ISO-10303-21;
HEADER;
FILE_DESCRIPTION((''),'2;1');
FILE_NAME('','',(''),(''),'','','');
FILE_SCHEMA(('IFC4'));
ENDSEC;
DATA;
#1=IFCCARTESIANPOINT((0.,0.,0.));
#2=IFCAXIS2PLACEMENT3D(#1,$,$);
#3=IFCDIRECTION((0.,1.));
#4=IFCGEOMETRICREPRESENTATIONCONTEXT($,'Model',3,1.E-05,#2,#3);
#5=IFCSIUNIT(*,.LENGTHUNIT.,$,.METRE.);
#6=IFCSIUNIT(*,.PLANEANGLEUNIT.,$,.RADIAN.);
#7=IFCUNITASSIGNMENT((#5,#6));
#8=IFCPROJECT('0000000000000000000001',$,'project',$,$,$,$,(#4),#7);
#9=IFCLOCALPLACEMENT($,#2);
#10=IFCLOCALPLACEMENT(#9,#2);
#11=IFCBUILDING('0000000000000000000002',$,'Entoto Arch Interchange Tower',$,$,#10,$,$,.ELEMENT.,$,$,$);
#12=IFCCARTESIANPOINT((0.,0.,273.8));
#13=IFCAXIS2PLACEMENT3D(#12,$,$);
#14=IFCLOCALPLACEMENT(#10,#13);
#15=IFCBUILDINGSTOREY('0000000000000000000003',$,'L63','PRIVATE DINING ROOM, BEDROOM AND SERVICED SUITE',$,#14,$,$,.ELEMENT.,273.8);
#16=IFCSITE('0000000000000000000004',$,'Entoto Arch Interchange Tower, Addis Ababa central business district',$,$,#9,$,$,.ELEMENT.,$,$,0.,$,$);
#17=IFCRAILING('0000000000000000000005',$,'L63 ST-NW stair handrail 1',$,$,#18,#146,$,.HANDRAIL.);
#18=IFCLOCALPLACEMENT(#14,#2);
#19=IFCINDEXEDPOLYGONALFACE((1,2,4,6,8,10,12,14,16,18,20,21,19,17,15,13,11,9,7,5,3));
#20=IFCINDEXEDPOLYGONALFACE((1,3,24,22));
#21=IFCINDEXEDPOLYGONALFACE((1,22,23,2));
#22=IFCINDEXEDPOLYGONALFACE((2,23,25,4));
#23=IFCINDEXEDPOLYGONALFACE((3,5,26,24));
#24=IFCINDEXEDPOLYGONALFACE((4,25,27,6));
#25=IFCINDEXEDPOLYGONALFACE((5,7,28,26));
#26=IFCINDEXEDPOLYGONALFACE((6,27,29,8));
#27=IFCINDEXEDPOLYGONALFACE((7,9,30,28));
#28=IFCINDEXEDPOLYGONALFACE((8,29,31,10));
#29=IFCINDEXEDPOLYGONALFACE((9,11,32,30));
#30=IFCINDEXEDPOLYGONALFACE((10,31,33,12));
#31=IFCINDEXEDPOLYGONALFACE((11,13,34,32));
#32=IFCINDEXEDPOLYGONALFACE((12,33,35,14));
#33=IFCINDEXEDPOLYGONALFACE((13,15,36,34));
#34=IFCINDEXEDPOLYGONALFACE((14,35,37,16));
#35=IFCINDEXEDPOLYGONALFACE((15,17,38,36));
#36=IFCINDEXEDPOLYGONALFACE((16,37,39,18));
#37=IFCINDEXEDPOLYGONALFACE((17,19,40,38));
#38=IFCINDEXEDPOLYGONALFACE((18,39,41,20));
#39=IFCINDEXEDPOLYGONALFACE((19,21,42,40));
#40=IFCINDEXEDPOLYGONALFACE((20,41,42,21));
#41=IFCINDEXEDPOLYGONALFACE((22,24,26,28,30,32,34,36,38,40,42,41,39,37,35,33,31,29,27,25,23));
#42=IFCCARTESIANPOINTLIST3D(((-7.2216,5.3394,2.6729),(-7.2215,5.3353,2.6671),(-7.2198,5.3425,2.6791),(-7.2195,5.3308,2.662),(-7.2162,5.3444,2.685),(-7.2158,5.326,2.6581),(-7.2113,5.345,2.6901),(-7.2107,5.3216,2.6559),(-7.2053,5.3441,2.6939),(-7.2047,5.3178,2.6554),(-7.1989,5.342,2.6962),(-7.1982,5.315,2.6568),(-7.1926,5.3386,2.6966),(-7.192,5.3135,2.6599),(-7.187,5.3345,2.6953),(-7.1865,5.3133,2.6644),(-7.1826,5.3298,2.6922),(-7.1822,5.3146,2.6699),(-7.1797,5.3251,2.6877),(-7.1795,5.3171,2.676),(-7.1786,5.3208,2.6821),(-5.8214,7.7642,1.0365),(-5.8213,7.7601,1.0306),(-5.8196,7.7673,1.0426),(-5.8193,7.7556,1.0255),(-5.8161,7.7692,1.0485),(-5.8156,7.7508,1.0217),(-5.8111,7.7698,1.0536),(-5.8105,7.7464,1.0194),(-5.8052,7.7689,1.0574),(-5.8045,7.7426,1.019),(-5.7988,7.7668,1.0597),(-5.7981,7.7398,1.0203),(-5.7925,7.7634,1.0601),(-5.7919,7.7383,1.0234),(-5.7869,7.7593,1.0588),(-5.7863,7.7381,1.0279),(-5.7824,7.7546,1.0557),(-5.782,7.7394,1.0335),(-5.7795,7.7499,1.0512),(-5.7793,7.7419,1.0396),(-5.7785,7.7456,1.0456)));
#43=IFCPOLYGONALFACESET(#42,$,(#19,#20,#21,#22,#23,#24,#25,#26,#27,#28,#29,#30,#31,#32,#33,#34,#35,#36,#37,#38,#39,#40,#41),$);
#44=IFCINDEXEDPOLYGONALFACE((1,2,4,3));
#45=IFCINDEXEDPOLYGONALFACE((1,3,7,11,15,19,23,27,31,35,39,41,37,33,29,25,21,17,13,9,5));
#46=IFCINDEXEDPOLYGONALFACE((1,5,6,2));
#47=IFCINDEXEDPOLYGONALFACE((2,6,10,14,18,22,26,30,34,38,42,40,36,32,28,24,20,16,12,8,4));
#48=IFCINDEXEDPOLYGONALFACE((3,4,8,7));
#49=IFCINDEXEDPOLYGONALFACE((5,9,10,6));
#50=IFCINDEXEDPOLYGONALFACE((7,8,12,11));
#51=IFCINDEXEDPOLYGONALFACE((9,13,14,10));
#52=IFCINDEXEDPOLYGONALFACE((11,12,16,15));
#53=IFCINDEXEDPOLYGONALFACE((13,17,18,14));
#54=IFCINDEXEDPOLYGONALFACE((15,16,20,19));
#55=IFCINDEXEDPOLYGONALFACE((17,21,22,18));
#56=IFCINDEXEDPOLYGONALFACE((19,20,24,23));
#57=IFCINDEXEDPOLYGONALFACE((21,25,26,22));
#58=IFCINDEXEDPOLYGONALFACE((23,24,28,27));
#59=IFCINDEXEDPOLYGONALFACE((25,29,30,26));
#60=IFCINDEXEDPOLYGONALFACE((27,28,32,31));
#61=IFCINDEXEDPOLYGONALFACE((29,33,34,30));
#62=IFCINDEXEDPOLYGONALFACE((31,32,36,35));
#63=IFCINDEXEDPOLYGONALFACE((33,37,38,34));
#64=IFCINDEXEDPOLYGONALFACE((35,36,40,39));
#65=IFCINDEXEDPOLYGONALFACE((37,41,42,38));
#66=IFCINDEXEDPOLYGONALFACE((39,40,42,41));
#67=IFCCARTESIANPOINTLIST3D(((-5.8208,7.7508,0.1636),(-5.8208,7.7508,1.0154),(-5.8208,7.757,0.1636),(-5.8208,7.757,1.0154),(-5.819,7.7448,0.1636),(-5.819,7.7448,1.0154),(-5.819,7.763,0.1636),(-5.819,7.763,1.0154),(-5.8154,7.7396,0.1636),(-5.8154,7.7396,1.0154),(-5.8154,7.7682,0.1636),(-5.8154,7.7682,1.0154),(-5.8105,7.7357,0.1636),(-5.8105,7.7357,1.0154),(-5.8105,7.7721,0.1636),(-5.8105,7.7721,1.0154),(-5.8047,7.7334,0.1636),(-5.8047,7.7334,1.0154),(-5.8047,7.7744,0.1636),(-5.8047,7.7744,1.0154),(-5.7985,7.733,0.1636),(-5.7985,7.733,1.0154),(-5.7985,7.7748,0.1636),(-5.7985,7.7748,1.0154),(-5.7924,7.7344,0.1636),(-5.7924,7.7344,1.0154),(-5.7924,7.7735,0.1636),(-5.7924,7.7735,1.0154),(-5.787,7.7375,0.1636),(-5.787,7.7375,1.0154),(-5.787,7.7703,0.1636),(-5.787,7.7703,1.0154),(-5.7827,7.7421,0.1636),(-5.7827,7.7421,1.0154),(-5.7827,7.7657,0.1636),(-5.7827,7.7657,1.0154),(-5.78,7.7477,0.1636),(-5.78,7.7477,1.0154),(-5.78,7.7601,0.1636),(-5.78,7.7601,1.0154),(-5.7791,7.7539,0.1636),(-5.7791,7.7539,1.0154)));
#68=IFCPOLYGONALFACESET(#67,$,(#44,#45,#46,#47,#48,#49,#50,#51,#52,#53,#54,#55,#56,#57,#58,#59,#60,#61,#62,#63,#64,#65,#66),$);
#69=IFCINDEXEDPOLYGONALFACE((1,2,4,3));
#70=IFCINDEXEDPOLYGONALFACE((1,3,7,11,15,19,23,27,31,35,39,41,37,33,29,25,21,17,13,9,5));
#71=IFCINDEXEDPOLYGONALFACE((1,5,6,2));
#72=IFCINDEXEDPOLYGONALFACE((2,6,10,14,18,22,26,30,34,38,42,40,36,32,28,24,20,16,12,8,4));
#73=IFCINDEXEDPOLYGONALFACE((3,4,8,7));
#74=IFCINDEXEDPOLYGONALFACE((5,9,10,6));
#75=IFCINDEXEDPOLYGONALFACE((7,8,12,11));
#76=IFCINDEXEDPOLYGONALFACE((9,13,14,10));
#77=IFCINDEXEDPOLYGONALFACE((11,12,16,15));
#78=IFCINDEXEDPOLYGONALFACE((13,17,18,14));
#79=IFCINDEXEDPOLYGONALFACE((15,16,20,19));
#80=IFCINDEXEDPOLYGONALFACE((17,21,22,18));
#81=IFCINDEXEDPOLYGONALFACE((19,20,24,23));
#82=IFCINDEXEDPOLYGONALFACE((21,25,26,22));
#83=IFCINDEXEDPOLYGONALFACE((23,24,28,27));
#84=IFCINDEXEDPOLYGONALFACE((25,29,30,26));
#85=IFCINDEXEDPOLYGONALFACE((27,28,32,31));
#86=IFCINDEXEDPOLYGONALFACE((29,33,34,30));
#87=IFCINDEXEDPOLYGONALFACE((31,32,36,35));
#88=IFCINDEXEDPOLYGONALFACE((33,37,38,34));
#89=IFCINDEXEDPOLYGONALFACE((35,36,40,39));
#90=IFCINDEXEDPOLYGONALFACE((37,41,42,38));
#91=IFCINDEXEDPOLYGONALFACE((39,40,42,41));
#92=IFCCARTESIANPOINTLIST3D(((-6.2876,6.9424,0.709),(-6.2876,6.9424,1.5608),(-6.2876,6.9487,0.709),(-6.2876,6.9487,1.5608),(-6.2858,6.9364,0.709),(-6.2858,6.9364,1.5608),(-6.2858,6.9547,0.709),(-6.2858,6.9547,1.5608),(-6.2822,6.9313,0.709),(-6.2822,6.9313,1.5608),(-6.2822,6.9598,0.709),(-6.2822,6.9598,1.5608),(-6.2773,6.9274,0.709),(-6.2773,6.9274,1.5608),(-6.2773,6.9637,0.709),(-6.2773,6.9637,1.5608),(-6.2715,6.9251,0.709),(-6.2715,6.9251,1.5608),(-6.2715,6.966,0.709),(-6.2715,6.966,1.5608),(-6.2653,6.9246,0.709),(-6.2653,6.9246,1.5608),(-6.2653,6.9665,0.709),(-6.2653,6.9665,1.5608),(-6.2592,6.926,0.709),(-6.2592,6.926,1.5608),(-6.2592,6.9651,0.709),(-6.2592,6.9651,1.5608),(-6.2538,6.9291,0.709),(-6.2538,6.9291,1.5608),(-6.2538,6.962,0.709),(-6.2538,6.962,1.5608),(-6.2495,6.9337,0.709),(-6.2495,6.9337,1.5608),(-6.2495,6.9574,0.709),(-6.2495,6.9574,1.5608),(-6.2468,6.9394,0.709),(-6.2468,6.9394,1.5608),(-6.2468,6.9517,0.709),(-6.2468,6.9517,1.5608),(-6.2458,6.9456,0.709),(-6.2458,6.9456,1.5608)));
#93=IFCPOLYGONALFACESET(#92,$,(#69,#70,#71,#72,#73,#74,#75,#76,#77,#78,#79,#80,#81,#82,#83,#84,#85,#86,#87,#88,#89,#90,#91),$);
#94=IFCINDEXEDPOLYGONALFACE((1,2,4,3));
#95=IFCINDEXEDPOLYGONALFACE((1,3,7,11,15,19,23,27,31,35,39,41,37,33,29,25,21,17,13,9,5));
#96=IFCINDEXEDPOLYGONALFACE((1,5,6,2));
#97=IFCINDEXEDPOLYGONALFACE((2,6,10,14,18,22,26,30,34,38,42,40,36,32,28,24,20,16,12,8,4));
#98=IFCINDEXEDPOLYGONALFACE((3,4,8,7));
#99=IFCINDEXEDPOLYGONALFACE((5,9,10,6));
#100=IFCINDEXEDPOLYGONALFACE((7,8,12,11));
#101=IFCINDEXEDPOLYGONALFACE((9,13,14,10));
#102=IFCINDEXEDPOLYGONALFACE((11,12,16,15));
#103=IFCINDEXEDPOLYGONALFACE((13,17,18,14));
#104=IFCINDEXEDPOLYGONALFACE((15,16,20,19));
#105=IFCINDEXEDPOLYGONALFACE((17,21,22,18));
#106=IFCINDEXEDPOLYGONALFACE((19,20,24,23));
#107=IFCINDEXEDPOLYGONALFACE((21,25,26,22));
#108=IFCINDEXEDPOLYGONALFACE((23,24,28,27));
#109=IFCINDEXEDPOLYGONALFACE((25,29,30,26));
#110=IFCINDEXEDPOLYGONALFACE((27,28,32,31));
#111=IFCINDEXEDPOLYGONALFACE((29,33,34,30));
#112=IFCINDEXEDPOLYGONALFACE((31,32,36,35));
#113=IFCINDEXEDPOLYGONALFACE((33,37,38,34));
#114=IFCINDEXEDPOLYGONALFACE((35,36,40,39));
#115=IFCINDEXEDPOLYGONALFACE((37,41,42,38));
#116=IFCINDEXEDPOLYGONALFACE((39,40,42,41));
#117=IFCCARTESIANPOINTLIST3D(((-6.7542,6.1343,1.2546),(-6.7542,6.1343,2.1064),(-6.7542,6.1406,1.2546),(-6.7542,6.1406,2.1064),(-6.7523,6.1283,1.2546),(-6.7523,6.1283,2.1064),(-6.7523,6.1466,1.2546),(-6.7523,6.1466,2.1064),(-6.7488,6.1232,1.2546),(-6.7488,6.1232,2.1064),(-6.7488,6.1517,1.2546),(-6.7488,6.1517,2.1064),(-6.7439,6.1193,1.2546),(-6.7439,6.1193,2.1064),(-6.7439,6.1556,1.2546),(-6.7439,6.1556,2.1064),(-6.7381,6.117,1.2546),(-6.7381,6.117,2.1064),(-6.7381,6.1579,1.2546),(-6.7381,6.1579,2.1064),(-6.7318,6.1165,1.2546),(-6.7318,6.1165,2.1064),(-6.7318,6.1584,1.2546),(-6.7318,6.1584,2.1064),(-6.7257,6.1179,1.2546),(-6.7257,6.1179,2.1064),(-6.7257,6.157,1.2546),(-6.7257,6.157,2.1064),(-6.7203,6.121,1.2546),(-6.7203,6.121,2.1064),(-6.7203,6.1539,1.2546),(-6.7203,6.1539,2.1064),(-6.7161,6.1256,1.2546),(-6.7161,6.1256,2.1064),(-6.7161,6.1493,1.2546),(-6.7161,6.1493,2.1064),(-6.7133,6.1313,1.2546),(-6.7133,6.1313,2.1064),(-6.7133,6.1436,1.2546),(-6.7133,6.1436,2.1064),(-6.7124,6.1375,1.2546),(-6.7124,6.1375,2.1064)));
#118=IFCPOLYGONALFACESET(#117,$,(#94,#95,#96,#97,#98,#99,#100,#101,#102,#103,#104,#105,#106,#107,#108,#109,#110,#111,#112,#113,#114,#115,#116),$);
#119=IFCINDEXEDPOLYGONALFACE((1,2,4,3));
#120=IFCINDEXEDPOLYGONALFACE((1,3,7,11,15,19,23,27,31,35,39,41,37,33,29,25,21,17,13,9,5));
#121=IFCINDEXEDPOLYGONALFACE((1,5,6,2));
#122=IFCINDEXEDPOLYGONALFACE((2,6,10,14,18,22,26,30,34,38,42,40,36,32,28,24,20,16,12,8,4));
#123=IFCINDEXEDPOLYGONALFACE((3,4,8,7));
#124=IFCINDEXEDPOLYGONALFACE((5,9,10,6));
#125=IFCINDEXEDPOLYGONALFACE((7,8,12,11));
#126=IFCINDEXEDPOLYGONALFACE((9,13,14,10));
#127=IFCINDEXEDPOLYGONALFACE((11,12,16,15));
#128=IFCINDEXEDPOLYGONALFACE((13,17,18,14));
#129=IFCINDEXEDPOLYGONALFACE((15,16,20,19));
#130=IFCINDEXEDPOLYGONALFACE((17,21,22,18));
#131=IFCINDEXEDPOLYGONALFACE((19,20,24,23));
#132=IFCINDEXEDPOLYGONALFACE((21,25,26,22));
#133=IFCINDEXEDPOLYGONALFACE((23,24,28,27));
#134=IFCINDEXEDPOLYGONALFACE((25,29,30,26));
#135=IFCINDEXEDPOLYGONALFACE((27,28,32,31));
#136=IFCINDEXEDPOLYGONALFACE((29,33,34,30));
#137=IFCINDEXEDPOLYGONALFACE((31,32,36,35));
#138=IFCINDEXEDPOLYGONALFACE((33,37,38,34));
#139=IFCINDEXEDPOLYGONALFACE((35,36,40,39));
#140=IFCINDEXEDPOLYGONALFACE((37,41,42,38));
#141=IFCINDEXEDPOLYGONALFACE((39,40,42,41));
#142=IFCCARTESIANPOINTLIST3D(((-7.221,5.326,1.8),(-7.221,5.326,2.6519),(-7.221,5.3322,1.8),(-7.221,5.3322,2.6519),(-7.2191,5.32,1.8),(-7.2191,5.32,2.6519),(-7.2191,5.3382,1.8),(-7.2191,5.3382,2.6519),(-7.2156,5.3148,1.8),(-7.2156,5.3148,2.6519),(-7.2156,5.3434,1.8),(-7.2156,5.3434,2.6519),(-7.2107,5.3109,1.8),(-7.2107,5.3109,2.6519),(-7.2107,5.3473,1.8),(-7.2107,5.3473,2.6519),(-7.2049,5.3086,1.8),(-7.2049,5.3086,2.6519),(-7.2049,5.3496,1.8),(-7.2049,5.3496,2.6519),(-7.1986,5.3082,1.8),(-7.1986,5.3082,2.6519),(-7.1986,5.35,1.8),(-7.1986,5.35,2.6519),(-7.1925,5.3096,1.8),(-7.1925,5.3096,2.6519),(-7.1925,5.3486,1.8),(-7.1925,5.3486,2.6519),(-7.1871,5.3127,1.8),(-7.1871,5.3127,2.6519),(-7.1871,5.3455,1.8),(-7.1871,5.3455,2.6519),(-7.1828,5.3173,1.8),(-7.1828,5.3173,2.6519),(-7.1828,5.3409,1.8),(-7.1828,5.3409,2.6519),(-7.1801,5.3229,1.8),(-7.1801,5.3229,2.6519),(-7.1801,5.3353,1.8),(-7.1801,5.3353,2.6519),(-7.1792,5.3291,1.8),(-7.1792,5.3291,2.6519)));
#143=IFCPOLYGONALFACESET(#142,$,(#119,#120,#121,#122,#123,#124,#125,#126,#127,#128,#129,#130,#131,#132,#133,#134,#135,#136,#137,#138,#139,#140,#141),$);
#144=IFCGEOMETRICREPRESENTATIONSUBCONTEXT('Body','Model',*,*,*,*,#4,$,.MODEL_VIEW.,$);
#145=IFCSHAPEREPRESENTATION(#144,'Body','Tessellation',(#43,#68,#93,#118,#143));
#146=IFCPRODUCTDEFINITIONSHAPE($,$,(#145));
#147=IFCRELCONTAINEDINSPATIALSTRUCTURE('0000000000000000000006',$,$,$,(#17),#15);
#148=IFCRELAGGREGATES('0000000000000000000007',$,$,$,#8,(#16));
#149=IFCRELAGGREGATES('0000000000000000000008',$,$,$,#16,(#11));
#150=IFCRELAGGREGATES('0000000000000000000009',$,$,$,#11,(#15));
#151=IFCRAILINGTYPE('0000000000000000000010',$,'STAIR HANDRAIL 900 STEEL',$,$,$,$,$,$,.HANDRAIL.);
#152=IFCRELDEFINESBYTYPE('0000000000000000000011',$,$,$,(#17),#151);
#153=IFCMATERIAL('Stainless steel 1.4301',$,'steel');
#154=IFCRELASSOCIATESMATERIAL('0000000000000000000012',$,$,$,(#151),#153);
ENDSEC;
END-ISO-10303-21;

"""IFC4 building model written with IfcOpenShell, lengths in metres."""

from ifc_helpers import new_model, si_unit, direction, frame, origin, origin_2d, place, context, subcontext, project, spatial, circle, extrude, material, type_object, element, save


model = new_model("IFC4")

# Units and contexts
model_context = context("Model", 3, precision=1e-05, world=origin(), true_north=direction((0.0, 1.0)))
body_context = subcontext(model_context, "Body", "Model", "MODEL_VIEW")
ifc_project = project(units=[si_unit("LENGTHUNIT", "METRE"), si_unit("PLANEANGLEUNIT", "RADIAN")], contexts=[model_context])

# Site, building, storey
site_placement = place(None, origin())
site = spatial("IfcSite", under=ifc_project, at=site_placement, Name="Entoto Arch Interchange Tower, Addis Ababa central business district", CompositionType="ELEMENT", RefElevation=0.0)
building_placement = place(site_placement, origin())
building = spatial("IfcBuilding", under=site, at=building_placement, Name="Entoto Arch Interchange Tower", CompositionType="ELEMENT")
storey_placement = place(building_placement, frame((0.0, 0.0, 273.8)))
storey = spatial("IfcBuildingStorey", under=building, at=storey_placement, Name="L63", Description="PRIVATE DINING ROOM, BEDROOM AND SERVICED SUITE", CompositionType="ELEMENT", Elevation=273.8)

# Railing
ifc_material_1 = material(Name="Stainless steel 1.4301", Category="steel")
railing_type_1 = type_object("IfcRailingType", Name="STAIR HANDRAIL 900 STEEL", PredefinedType="HANDRAIL", material=ifc_material_1)
railing_1_placement = place(storey_placement, frame((-5.8, 7.7539, 0.1636)))
element("IfcRailing", 1, at=railing_1_placement, inside=storey, type_object=railing_type_1, Name="L63 ST-NW stair handrail 1", PredefinedType="HANDRAIL", context=body_context, shape_type="SweptSolid", body=[
    extrude(circle(Radius=0.0239, at=origin_2d()), frame((0.0, 0.0, 0.876), z_axis=(-0.431722, -0.747666, 0.504591), x_axis=(0.865997, -0.50005, 0.0)), (0.0, 0.0, 1.0), 3.2432),
    extrude(circle(Radius=0.021, at=origin_2d()), origin(), (0.0, 0.0, 1.0), 0.8518),
    extrude(circle(Radius=0.021, at=origin_2d()), frame((-0.4668, -0.8083, 0.5454)), (0.0, 0.0, 1.0), 0.8518),
    extrude(circle(Radius=0.021, at=origin_2d()), frame((-0.9333, -1.6165, 1.0911)), (0.0, 0.0, 1.0), 0.8518),
    extrude(circle(Radius=0.021, at=origin_2d()), frame((-1.4001, -2.4248, 1.6365)), (0.0, 0.0, 1.0), 0.8518),
])

save(model, "model.ifc")
